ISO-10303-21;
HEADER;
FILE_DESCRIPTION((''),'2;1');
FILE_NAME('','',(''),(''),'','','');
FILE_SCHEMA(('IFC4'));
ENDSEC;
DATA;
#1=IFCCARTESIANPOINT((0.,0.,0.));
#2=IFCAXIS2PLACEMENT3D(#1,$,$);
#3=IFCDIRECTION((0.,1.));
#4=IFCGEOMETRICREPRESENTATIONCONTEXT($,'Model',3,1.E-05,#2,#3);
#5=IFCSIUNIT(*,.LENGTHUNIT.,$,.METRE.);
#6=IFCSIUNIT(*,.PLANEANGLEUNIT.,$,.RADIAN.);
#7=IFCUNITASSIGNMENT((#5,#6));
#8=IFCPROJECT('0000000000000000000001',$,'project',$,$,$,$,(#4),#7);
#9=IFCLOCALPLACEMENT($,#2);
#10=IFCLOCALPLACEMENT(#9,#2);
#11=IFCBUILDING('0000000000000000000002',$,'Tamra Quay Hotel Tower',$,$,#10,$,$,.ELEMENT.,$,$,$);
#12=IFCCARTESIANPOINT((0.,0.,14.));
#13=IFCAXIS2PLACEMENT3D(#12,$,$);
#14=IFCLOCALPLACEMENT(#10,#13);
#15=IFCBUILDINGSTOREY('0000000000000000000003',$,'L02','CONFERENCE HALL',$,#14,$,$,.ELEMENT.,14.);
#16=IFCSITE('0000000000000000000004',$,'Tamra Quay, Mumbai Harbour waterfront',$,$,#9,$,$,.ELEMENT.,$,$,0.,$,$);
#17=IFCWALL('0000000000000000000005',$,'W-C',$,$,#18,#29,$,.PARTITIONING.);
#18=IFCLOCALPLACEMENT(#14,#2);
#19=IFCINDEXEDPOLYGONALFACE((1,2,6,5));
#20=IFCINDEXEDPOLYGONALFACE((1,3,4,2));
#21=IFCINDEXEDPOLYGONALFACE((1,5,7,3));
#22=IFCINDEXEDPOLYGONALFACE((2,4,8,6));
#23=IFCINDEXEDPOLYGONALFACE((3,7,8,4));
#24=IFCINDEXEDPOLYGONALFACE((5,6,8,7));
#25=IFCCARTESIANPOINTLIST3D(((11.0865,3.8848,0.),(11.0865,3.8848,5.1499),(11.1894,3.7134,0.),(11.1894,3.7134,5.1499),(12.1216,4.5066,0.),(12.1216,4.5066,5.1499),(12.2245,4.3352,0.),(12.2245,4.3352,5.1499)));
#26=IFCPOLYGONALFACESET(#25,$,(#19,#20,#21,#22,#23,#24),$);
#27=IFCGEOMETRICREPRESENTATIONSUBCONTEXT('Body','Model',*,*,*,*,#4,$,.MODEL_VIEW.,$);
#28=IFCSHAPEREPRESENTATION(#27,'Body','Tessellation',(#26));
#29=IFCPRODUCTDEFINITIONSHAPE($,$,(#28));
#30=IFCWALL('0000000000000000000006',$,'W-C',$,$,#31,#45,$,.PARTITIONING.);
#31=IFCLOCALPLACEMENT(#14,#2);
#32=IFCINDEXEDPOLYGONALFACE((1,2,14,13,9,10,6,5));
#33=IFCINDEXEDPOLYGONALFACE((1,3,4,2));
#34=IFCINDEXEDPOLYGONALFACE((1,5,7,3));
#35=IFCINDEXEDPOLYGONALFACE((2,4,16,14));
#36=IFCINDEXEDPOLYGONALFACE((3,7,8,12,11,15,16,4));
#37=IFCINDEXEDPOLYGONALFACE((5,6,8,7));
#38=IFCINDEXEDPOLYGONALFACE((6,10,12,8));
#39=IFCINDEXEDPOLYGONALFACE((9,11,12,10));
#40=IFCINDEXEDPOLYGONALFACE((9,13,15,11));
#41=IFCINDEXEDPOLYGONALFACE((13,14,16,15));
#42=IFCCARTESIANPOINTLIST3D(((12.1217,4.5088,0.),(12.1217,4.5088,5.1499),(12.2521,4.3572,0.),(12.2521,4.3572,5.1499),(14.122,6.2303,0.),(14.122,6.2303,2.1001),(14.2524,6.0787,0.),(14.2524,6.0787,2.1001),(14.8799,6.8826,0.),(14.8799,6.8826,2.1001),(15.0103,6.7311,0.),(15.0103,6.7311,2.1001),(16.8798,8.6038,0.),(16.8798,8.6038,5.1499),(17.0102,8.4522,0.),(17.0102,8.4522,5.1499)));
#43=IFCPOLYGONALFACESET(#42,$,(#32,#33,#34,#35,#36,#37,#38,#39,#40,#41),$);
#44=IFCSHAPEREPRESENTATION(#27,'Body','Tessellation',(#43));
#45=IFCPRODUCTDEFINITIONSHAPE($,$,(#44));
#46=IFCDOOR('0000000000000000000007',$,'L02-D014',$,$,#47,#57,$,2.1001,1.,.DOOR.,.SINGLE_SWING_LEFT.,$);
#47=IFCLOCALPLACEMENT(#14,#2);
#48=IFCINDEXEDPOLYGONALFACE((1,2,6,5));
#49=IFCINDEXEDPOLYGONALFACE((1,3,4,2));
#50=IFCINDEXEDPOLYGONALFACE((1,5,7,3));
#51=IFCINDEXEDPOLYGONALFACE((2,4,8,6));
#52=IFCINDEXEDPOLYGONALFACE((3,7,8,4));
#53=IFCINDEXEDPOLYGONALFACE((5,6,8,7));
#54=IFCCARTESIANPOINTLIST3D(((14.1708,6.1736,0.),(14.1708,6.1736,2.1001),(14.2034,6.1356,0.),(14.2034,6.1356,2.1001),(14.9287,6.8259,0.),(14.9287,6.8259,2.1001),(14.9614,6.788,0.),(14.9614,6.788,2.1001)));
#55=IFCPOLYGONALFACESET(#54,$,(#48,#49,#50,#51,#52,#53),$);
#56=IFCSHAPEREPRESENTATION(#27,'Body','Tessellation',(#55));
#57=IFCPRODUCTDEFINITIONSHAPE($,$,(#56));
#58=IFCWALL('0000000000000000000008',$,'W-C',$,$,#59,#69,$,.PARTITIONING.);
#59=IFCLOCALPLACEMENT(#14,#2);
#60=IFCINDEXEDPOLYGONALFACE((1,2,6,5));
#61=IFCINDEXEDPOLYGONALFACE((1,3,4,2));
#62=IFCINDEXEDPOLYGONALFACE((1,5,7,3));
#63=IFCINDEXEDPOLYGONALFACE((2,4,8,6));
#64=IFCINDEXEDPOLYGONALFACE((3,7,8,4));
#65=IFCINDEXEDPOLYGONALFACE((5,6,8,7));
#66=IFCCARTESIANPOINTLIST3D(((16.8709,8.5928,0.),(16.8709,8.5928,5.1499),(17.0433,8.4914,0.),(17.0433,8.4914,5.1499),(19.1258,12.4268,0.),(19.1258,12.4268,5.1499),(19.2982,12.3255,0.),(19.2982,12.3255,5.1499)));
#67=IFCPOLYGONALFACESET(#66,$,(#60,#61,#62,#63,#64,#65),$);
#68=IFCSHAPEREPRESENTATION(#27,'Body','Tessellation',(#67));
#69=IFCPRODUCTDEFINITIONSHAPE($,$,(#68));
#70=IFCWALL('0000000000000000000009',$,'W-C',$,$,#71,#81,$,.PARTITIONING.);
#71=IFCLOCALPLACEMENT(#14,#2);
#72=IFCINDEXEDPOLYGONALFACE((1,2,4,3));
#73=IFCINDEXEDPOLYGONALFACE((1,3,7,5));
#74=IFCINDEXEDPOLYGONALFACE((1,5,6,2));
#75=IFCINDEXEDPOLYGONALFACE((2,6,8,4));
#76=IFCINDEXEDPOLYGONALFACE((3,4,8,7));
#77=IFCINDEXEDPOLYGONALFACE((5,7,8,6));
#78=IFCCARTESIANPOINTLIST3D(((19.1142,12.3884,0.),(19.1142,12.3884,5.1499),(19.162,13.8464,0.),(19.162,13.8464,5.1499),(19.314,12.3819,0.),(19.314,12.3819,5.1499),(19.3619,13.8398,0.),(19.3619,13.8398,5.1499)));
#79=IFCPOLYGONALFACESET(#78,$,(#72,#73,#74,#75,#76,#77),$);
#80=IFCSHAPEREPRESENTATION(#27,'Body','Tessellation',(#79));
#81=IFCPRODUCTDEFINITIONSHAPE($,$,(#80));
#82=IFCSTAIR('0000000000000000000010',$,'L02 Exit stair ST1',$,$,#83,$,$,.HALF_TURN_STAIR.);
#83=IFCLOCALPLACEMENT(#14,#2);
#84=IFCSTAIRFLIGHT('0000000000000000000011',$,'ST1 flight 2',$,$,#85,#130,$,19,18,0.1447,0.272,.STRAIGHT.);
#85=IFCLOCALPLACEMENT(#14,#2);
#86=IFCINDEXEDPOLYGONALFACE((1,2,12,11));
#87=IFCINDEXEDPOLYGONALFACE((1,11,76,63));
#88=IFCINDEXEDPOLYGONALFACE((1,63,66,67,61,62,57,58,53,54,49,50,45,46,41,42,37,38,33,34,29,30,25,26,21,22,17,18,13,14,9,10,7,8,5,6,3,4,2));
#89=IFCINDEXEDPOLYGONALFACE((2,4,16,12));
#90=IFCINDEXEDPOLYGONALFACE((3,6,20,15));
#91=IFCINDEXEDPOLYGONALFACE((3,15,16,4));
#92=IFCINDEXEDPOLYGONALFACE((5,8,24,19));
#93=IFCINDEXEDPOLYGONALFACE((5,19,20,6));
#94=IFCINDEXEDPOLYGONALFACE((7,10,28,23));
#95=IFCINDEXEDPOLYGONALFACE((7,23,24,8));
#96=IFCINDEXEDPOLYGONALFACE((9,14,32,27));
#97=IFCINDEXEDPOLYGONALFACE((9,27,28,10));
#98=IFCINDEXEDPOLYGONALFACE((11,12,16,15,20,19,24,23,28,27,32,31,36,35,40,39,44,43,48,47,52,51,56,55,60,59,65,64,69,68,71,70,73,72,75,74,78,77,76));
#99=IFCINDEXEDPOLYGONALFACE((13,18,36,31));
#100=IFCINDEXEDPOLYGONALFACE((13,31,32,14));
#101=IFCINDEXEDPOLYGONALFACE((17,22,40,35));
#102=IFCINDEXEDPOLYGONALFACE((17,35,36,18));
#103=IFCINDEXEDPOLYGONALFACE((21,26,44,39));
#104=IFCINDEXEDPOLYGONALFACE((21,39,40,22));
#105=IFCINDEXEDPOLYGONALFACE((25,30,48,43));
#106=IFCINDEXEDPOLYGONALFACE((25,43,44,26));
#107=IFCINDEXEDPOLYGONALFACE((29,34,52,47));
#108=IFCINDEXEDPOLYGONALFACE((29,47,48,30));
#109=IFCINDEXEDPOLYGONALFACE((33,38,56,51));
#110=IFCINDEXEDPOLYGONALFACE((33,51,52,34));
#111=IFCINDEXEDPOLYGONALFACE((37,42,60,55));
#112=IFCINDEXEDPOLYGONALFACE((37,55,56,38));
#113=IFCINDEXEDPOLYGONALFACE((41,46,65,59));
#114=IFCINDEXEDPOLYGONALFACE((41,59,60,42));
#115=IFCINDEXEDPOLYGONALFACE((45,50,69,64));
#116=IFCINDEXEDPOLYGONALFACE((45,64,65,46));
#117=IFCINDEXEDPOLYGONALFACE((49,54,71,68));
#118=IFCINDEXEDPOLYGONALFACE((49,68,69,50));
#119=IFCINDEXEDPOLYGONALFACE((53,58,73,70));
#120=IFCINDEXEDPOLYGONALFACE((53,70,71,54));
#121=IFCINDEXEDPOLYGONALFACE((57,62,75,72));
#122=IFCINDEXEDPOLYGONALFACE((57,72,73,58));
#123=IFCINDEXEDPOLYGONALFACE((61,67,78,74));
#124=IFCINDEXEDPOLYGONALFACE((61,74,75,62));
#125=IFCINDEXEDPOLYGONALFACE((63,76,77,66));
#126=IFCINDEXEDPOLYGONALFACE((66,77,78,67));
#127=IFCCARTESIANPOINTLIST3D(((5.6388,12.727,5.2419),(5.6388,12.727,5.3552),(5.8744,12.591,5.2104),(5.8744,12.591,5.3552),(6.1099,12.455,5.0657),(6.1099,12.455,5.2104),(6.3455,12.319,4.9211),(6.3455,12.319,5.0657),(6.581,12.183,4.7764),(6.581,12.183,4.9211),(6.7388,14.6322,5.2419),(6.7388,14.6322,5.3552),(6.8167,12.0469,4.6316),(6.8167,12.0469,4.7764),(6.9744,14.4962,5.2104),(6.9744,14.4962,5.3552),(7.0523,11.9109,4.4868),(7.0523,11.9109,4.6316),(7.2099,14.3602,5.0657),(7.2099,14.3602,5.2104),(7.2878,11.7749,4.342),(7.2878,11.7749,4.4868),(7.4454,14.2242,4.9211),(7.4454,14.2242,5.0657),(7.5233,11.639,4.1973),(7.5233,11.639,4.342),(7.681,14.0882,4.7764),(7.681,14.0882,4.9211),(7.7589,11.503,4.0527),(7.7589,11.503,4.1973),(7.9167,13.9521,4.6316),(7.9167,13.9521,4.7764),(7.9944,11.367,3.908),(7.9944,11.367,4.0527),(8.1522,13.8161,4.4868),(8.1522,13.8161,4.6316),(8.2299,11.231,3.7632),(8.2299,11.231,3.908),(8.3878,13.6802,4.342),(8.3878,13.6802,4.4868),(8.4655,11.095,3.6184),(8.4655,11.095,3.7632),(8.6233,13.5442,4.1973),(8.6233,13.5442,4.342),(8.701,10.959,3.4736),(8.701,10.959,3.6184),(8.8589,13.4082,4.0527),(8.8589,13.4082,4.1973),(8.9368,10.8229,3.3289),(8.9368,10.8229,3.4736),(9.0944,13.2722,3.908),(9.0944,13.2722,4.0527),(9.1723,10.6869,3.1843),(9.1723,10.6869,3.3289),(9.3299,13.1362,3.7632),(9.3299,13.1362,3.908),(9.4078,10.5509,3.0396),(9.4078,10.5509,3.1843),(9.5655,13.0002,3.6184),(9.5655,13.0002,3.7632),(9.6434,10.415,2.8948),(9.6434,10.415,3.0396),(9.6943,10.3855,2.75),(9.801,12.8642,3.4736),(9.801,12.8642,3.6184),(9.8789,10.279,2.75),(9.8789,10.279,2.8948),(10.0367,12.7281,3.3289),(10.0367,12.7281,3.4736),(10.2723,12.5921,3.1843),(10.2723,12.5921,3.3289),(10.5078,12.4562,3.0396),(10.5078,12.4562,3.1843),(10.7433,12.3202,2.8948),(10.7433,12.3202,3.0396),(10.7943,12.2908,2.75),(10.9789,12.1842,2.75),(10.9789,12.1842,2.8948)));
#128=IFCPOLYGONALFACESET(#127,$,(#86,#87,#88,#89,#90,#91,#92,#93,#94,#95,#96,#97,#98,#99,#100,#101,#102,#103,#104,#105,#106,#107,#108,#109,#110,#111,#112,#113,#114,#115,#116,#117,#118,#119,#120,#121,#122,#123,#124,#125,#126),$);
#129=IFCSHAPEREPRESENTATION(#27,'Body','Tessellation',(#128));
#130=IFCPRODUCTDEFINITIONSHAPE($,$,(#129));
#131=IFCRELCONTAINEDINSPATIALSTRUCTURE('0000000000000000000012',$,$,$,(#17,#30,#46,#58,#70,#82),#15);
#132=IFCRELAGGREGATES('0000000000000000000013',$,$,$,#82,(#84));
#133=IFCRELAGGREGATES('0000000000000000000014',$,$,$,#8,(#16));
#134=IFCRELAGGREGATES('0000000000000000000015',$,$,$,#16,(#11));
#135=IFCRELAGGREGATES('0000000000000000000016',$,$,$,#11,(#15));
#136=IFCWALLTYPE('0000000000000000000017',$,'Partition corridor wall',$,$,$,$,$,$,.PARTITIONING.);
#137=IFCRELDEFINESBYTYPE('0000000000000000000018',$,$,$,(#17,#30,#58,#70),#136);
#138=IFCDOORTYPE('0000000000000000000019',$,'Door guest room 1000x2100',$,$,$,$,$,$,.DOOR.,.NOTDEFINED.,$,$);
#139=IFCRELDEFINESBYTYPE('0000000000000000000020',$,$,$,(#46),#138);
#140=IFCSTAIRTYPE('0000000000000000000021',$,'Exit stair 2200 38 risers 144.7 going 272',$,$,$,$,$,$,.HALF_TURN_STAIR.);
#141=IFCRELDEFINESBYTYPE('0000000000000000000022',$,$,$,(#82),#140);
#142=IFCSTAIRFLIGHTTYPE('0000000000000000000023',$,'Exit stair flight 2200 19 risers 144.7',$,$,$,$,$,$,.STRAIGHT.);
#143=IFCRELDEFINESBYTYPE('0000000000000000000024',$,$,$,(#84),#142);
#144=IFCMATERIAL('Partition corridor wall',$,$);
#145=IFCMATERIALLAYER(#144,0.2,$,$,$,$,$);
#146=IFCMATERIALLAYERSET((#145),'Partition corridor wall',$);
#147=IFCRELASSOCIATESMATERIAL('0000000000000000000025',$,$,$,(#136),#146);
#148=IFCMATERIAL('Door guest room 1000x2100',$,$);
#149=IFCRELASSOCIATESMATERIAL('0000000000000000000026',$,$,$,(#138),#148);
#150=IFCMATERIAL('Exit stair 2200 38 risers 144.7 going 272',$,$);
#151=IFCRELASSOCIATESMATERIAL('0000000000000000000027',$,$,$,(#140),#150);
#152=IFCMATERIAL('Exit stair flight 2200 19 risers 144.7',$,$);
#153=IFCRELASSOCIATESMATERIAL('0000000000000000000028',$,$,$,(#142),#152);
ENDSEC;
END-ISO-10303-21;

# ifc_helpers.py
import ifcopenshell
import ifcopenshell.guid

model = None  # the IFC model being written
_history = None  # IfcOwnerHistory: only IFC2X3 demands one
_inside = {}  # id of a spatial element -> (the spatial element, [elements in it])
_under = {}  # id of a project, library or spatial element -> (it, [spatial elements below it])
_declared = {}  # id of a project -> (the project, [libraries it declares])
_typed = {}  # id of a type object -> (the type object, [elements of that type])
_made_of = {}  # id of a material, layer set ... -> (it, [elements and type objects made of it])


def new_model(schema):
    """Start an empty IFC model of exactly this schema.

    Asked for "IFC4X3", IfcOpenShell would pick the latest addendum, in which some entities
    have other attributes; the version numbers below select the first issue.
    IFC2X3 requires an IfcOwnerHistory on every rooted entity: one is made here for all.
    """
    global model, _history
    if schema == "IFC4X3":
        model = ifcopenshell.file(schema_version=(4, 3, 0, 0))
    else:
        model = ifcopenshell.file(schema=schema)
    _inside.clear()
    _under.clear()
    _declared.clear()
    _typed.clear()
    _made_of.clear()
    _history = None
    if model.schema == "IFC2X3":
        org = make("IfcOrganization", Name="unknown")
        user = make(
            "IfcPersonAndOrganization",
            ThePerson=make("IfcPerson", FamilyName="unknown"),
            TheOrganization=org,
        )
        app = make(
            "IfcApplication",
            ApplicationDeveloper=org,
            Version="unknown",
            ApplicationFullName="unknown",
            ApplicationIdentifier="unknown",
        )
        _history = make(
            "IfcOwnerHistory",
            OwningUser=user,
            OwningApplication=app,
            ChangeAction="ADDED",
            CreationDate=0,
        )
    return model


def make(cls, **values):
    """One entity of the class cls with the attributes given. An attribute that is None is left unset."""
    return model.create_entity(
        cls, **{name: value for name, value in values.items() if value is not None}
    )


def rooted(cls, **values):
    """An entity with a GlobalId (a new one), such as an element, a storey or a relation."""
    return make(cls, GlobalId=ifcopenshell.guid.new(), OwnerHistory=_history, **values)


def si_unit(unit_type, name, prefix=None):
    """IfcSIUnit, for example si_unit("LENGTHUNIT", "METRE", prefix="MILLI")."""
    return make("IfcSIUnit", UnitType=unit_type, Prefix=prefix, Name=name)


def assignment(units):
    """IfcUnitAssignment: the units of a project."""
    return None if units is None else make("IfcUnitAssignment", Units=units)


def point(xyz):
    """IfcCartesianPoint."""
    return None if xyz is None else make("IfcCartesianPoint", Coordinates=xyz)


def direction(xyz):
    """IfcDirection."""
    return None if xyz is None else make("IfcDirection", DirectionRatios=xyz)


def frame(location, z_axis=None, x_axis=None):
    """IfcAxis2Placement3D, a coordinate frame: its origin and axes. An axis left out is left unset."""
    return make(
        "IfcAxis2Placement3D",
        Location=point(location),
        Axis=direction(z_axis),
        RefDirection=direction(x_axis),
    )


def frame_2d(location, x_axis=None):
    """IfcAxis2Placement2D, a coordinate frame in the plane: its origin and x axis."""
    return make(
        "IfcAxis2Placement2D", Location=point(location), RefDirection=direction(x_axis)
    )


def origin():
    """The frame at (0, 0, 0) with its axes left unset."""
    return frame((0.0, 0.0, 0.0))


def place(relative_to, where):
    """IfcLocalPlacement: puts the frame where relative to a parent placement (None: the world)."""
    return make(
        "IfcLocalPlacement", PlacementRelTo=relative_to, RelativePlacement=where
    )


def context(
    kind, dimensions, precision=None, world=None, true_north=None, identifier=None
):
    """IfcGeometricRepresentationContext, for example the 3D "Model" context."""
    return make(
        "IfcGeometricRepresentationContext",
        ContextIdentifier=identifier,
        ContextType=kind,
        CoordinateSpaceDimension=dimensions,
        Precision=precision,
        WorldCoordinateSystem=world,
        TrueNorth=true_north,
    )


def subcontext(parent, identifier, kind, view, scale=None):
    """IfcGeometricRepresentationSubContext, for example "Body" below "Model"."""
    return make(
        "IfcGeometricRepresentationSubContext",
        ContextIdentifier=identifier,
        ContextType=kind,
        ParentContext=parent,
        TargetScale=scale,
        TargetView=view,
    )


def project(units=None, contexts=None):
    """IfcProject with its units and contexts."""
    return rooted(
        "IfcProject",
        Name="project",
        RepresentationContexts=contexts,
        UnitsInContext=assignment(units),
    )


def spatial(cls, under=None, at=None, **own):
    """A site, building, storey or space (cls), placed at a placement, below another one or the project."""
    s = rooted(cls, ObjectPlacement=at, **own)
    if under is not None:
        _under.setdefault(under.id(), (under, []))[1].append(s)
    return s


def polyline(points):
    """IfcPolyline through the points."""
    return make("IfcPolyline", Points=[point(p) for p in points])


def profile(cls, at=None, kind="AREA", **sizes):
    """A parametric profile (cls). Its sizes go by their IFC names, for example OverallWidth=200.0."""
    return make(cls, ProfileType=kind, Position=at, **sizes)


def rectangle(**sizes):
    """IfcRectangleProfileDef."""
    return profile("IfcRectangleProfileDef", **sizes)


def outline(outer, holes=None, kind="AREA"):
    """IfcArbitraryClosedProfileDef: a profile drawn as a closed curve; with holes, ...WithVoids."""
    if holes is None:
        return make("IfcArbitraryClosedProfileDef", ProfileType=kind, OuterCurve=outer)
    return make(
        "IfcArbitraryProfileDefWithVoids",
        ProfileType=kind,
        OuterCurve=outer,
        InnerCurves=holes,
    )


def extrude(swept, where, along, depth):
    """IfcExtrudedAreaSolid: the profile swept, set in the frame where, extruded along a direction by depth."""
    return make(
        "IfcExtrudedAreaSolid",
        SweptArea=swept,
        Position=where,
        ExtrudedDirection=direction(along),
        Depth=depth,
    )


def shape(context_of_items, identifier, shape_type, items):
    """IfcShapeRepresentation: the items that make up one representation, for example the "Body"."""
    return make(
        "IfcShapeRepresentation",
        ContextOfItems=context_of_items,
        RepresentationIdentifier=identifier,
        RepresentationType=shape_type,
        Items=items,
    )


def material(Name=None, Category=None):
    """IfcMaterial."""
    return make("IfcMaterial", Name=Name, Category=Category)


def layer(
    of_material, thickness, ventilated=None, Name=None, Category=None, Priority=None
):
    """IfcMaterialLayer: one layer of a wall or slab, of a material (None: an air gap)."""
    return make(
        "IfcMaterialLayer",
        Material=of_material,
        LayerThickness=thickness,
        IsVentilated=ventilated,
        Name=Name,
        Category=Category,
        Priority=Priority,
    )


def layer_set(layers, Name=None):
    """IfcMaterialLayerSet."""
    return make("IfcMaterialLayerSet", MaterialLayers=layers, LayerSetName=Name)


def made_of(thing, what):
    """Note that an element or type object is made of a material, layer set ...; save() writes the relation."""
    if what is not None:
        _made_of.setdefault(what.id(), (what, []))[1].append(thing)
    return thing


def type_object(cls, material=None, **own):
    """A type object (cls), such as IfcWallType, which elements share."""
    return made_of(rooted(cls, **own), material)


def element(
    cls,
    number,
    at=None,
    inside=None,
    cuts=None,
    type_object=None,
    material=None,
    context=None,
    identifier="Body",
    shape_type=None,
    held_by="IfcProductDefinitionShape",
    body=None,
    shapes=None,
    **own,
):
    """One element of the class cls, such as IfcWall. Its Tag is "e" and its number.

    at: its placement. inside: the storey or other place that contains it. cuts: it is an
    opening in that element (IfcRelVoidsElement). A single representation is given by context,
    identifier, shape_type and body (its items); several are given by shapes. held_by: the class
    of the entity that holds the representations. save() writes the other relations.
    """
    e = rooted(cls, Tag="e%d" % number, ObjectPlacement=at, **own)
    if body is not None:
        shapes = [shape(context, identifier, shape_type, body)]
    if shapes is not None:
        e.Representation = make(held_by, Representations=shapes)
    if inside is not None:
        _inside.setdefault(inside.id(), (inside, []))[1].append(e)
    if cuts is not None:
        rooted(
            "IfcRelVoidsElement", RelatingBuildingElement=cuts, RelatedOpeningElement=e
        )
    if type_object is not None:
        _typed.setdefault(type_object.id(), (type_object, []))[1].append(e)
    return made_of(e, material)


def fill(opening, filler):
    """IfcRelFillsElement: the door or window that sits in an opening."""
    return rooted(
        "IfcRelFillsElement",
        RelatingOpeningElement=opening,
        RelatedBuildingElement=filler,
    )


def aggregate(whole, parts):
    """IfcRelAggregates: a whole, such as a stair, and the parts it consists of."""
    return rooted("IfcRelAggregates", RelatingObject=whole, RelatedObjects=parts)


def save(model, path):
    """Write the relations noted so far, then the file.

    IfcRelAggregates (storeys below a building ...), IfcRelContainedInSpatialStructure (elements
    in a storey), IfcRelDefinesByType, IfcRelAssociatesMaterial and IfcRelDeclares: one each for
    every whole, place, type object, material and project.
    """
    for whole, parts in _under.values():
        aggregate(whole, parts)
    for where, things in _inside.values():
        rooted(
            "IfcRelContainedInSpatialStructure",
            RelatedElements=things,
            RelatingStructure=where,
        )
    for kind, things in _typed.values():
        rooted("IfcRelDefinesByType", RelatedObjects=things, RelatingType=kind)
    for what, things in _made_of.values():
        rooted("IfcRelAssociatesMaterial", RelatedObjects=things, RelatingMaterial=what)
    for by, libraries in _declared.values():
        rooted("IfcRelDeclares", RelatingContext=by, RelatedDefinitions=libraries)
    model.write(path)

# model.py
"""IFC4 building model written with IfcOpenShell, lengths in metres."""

from ifc_helpers import new_model, si_unit, direction, frame, frame_2d, origin, place, context, subcontext, project, spatial, polyline, rectangle, outline, extrude, material, layer, layer_set, type_object, element, fill, aggregate, save


model = new_model("IFC4")

# Units and contexts
model_context = context("Model", 3, precision=1e-05, world=origin(), true_north=direction((0.0, 1.0)))
body_context = subcontext(model_context, "Body", "Model", "MODEL_VIEW")
ifc_project = project(units=[si_unit("LENGTHUNIT", "METRE"), si_unit("PLANEANGLEUNIT", "RADIAN")], contexts=[model_context])

# Site, building, storey
site_placement = place(None, origin())
site = spatial("IfcSite", under=ifc_project, at=site_placement, Name="Tamra Quay, Mumbai Harbour waterfront", CompositionType="ELEMENT", RefElevation=0.0)
building_placement = place(site_placement, origin())
building = spatial("IfcBuilding", under=site, at=building_placement, Name="Tamra Quay Hotel Tower", CompositionType="ELEMENT")
storey_placement = place(building_placement, frame((0.0, 0.0, 14.0)))
storey = spatial("IfcBuildingStorey", under=building, at=storey_placement, Name="L02", Description="CONFERENCE HALL", CompositionType="ELEMENT", Elevation=14.0)

# Wall
ifc_material_1 = material(Name="Partition corridor wall")
ifc_layer_1 = layer(ifc_material_1, 0.2)
ifc_layer_set_1 = layer_set([ifc_layer_1], Name="Partition corridor wall")
wall_type_1 = type_object("IfcWallType", Name="Partition corridor wall", PredefinedType="PARTITIONING", material=ifc_layer_set_1)
wall_1_placement = place(storey_placement, frame((11.1379, 3.7991, 0.0), z_axis=(0.0, 0.0, 1.0), x_axis=(0.857225, 0.514942, 0.0)))
element("IfcWall", 1, at=wall_1_placement, inside=storey, type_object=wall_type_1, Name="W-C", PredefinedType="PARTITIONING", context=body_context, shape_type="SweptSolid", body=[
    extrude(rectangle(XDim=1.2075, YDim=0.2, at=frame_2d((0.6038, 0.0))), origin(), (0.0, 0.0, 1.0), 5.1499),
])

# Wall, opening, door
wall_2_placement = place(storey_placement, frame((12.187, 4.4331, 0.0), z_axis=(0.0, 0.0, 1.0), x_axis=(0.757946, 0.652318, 0.0)))
wall_2 = element("IfcWall", 2, at=wall_2_placement, inside=storey, type_object=wall_type_1, Name="W-C", PredefinedType="PARTITIONING", context=body_context, shape_type="SweptSolid", body=[
    extrude(rectangle(XDim=6.2776, YDim=0.2, at=frame_2d((3.1387, 0.0))), origin(), (0.0, 0.0, 1.0), 5.1499),
])
opening_1_placement = place(wall_2_placement, frame((2.6389, 0.0, 0.0)))
opening_1 = element("IfcOpeningElement", 3, at=opening_1_placement, cuts=wall_2, PredefinedType="OPENING", context=body_context, shape_type="SweptSolid", body=[
    extrude(rectangle(XDim=1.0, YDim=2.1001, at=frame_2d((0.5, 1.05))), frame((0.0, 0.1099, 0.0), z_axis=(0.0, -1.0, 0.0), x_axis=(1.0, 0.0, 0.0)), (0.0, 0.0, 1.0), 0.22),
])
ifc_material_2 = material(Name="Door guest room 1000x2100")
door_type_1 = type_object("IfcDoorType", Name="Door guest room 1000x2100", OperationType="NOTDEFINED", PredefinedType="DOOR", material=ifc_material_2)
door_1_placement = place(opening_1_placement, frame((1.0, 0.0, 0.0), z_axis=(0.0, 0.0, 1.0), x_axis=(-1.0, 0.0, 0.0)))
door_1 = element("IfcDoor", 4, at=door_1_placement, inside=storey, type_object=door_type_1, Name="L02-D014", OperationType="SINGLE_SWING_LEFT", OverallHeight=2.1001, OverallWidth=1.0, PredefinedType="DOOR", context=body_context, shape_type="SweptSolid", body=[
    extrude(rectangle(XDim=1.0, YDim=2.1001, at=frame_2d((0.5, 1.05))), frame((0.0, 0.0249, 0.0), z_axis=(0.0, -1.0, 0.0), x_axis=(1.0, 0.0, 0.0)), (0.0, 0.0, 1.0), 0.05),
])
fill(opening_1, door_1)

# Walls
wall_3_placement = place(storey_placement, frame((16.957, 8.542, 0.0), z_axis=(0.0, 0.0, 1.0), x_axis=(0.506953, 0.861974, 0.0)))
element("IfcWall", 5, at=wall_3_placement, inside=storey, type_object=wall_type_1, Name="W-C", PredefinedType="PARTITIONING", context=body_context, shape_type="SweptSolid", body=[
    extrude(rectangle(XDim=4.448, YDim=0.2, at=frame_2d((2.2241, 0.0))), origin(), (0.0, 0.0, 1.0), 5.1499),
])
wall_4_placement = place(storey_placement, frame((19.2141, 12.385, 0.0), z_axis=(0.0, 0.0, 1.0), x_axis=(0.032802, 0.999462, 0.0)))
element("IfcWall", 6, at=wall_4_placement, inside=storey, type_object=wall_type_1, Name="W-C", PredefinedType="PARTITIONING", context=body_context, shape_type="SweptSolid", body=[
    extrude(rectangle(XDim=1.4587, YDim=0.2, at=frame_2d((0.7295, 0.0))), origin(), (0.0, 0.0, 1.0), 5.1499),
])

# Stair, stair flight
ifc_material_3 = material(Name="Exit stair 2200 38 risers 144.7 going 272")
stair_type = type_object("IfcStairType", Name="Exit stair 2200 38 risers 144.7 going 272", PredefinedType="HALF_TURN_STAIR", material=ifc_material_3)
stair_placement = place(storey_placement, origin())
stair = element("IfcStair", 7, at=stair_placement, inside=storey, type_object=stair_type, Name="L02 Exit stair ST1", PredefinedType="HALF_TURN_STAIR")
ifc_material_4 = material(Name="Exit stair flight 2200 19 risers 144.7")
stair_flight_type = type_object("IfcStairFlightType", Name="Exit stair flight 2200 19 risers 144.7", PredefinedType="STRAIGHT", material=ifc_material_4)
stair_flight_placement = place(storey_placement, frame((10.429, 11.2317, 2.75), z_axis=(0.0, 0.0, 1.0), x_axis=(-0.866025, 0.5, 0.0)))
stair_flight = element("IfcStairFlight", 8, at=stair_flight_placement, type_object=stair_flight_type, Name="ST1 flight 2", NumberOfRisers=19, NumberOfTreads=18, PredefinedType="STRAIGHT", RiserHeight=0.1447, TreadLength=0.272, context=body_context, shape_type="SweptSolid", body=[
    extrude(outline(polyline([(0.0, 0.0), (0.0, 0.1448), (0.272, 0.1448), (0.272, 0.2896), (0.5439, 0.2896), (0.5439, 0.4343), (0.8159, 0.4343), (0.8159, 0.5789), (1.0879, 0.5789), (1.0879, 0.7236), (1.3601, 0.7236), (1.3601, 0.8684), (1.6321, 0.8684), (1.6321, 1.0132), (1.9041, 1.0132), (1.9041, 1.158), (2.176, 1.158), (2.176, 1.3027), (2.448, 1.3027), (2.448, 1.4473), (2.72, 1.4473), (2.72, 1.592), (2.9919, 1.592), (2.9919, 1.7368), (3.2639, 1.7368), (3.2639, 1.8816), (3.5359, 1.8816), (3.5359, 2.0264), (3.8081, 2.0264), (3.8081, 2.1711), (4.0801, 2.1711), (4.0801, 2.3157), (4.3521, 2.3157), (4.3521, 2.4604), (4.624, 2.4604), (4.624, 2.6052), (4.896, 2.6052), (4.896, 2.75), (4.896, 2.4919), (0.2131, 0.0), (0.0, 0.0)])), frame((0.0, 1.1001, 0.0), z_axis=(0.0, -1.0, 0.0), x_axis=(1.0, 0.0, 0.0)), (0.0, 0.0, 1.0), 2.2),
])
aggregate(stair, [stair_flight])

save(model, "model.ifc")
